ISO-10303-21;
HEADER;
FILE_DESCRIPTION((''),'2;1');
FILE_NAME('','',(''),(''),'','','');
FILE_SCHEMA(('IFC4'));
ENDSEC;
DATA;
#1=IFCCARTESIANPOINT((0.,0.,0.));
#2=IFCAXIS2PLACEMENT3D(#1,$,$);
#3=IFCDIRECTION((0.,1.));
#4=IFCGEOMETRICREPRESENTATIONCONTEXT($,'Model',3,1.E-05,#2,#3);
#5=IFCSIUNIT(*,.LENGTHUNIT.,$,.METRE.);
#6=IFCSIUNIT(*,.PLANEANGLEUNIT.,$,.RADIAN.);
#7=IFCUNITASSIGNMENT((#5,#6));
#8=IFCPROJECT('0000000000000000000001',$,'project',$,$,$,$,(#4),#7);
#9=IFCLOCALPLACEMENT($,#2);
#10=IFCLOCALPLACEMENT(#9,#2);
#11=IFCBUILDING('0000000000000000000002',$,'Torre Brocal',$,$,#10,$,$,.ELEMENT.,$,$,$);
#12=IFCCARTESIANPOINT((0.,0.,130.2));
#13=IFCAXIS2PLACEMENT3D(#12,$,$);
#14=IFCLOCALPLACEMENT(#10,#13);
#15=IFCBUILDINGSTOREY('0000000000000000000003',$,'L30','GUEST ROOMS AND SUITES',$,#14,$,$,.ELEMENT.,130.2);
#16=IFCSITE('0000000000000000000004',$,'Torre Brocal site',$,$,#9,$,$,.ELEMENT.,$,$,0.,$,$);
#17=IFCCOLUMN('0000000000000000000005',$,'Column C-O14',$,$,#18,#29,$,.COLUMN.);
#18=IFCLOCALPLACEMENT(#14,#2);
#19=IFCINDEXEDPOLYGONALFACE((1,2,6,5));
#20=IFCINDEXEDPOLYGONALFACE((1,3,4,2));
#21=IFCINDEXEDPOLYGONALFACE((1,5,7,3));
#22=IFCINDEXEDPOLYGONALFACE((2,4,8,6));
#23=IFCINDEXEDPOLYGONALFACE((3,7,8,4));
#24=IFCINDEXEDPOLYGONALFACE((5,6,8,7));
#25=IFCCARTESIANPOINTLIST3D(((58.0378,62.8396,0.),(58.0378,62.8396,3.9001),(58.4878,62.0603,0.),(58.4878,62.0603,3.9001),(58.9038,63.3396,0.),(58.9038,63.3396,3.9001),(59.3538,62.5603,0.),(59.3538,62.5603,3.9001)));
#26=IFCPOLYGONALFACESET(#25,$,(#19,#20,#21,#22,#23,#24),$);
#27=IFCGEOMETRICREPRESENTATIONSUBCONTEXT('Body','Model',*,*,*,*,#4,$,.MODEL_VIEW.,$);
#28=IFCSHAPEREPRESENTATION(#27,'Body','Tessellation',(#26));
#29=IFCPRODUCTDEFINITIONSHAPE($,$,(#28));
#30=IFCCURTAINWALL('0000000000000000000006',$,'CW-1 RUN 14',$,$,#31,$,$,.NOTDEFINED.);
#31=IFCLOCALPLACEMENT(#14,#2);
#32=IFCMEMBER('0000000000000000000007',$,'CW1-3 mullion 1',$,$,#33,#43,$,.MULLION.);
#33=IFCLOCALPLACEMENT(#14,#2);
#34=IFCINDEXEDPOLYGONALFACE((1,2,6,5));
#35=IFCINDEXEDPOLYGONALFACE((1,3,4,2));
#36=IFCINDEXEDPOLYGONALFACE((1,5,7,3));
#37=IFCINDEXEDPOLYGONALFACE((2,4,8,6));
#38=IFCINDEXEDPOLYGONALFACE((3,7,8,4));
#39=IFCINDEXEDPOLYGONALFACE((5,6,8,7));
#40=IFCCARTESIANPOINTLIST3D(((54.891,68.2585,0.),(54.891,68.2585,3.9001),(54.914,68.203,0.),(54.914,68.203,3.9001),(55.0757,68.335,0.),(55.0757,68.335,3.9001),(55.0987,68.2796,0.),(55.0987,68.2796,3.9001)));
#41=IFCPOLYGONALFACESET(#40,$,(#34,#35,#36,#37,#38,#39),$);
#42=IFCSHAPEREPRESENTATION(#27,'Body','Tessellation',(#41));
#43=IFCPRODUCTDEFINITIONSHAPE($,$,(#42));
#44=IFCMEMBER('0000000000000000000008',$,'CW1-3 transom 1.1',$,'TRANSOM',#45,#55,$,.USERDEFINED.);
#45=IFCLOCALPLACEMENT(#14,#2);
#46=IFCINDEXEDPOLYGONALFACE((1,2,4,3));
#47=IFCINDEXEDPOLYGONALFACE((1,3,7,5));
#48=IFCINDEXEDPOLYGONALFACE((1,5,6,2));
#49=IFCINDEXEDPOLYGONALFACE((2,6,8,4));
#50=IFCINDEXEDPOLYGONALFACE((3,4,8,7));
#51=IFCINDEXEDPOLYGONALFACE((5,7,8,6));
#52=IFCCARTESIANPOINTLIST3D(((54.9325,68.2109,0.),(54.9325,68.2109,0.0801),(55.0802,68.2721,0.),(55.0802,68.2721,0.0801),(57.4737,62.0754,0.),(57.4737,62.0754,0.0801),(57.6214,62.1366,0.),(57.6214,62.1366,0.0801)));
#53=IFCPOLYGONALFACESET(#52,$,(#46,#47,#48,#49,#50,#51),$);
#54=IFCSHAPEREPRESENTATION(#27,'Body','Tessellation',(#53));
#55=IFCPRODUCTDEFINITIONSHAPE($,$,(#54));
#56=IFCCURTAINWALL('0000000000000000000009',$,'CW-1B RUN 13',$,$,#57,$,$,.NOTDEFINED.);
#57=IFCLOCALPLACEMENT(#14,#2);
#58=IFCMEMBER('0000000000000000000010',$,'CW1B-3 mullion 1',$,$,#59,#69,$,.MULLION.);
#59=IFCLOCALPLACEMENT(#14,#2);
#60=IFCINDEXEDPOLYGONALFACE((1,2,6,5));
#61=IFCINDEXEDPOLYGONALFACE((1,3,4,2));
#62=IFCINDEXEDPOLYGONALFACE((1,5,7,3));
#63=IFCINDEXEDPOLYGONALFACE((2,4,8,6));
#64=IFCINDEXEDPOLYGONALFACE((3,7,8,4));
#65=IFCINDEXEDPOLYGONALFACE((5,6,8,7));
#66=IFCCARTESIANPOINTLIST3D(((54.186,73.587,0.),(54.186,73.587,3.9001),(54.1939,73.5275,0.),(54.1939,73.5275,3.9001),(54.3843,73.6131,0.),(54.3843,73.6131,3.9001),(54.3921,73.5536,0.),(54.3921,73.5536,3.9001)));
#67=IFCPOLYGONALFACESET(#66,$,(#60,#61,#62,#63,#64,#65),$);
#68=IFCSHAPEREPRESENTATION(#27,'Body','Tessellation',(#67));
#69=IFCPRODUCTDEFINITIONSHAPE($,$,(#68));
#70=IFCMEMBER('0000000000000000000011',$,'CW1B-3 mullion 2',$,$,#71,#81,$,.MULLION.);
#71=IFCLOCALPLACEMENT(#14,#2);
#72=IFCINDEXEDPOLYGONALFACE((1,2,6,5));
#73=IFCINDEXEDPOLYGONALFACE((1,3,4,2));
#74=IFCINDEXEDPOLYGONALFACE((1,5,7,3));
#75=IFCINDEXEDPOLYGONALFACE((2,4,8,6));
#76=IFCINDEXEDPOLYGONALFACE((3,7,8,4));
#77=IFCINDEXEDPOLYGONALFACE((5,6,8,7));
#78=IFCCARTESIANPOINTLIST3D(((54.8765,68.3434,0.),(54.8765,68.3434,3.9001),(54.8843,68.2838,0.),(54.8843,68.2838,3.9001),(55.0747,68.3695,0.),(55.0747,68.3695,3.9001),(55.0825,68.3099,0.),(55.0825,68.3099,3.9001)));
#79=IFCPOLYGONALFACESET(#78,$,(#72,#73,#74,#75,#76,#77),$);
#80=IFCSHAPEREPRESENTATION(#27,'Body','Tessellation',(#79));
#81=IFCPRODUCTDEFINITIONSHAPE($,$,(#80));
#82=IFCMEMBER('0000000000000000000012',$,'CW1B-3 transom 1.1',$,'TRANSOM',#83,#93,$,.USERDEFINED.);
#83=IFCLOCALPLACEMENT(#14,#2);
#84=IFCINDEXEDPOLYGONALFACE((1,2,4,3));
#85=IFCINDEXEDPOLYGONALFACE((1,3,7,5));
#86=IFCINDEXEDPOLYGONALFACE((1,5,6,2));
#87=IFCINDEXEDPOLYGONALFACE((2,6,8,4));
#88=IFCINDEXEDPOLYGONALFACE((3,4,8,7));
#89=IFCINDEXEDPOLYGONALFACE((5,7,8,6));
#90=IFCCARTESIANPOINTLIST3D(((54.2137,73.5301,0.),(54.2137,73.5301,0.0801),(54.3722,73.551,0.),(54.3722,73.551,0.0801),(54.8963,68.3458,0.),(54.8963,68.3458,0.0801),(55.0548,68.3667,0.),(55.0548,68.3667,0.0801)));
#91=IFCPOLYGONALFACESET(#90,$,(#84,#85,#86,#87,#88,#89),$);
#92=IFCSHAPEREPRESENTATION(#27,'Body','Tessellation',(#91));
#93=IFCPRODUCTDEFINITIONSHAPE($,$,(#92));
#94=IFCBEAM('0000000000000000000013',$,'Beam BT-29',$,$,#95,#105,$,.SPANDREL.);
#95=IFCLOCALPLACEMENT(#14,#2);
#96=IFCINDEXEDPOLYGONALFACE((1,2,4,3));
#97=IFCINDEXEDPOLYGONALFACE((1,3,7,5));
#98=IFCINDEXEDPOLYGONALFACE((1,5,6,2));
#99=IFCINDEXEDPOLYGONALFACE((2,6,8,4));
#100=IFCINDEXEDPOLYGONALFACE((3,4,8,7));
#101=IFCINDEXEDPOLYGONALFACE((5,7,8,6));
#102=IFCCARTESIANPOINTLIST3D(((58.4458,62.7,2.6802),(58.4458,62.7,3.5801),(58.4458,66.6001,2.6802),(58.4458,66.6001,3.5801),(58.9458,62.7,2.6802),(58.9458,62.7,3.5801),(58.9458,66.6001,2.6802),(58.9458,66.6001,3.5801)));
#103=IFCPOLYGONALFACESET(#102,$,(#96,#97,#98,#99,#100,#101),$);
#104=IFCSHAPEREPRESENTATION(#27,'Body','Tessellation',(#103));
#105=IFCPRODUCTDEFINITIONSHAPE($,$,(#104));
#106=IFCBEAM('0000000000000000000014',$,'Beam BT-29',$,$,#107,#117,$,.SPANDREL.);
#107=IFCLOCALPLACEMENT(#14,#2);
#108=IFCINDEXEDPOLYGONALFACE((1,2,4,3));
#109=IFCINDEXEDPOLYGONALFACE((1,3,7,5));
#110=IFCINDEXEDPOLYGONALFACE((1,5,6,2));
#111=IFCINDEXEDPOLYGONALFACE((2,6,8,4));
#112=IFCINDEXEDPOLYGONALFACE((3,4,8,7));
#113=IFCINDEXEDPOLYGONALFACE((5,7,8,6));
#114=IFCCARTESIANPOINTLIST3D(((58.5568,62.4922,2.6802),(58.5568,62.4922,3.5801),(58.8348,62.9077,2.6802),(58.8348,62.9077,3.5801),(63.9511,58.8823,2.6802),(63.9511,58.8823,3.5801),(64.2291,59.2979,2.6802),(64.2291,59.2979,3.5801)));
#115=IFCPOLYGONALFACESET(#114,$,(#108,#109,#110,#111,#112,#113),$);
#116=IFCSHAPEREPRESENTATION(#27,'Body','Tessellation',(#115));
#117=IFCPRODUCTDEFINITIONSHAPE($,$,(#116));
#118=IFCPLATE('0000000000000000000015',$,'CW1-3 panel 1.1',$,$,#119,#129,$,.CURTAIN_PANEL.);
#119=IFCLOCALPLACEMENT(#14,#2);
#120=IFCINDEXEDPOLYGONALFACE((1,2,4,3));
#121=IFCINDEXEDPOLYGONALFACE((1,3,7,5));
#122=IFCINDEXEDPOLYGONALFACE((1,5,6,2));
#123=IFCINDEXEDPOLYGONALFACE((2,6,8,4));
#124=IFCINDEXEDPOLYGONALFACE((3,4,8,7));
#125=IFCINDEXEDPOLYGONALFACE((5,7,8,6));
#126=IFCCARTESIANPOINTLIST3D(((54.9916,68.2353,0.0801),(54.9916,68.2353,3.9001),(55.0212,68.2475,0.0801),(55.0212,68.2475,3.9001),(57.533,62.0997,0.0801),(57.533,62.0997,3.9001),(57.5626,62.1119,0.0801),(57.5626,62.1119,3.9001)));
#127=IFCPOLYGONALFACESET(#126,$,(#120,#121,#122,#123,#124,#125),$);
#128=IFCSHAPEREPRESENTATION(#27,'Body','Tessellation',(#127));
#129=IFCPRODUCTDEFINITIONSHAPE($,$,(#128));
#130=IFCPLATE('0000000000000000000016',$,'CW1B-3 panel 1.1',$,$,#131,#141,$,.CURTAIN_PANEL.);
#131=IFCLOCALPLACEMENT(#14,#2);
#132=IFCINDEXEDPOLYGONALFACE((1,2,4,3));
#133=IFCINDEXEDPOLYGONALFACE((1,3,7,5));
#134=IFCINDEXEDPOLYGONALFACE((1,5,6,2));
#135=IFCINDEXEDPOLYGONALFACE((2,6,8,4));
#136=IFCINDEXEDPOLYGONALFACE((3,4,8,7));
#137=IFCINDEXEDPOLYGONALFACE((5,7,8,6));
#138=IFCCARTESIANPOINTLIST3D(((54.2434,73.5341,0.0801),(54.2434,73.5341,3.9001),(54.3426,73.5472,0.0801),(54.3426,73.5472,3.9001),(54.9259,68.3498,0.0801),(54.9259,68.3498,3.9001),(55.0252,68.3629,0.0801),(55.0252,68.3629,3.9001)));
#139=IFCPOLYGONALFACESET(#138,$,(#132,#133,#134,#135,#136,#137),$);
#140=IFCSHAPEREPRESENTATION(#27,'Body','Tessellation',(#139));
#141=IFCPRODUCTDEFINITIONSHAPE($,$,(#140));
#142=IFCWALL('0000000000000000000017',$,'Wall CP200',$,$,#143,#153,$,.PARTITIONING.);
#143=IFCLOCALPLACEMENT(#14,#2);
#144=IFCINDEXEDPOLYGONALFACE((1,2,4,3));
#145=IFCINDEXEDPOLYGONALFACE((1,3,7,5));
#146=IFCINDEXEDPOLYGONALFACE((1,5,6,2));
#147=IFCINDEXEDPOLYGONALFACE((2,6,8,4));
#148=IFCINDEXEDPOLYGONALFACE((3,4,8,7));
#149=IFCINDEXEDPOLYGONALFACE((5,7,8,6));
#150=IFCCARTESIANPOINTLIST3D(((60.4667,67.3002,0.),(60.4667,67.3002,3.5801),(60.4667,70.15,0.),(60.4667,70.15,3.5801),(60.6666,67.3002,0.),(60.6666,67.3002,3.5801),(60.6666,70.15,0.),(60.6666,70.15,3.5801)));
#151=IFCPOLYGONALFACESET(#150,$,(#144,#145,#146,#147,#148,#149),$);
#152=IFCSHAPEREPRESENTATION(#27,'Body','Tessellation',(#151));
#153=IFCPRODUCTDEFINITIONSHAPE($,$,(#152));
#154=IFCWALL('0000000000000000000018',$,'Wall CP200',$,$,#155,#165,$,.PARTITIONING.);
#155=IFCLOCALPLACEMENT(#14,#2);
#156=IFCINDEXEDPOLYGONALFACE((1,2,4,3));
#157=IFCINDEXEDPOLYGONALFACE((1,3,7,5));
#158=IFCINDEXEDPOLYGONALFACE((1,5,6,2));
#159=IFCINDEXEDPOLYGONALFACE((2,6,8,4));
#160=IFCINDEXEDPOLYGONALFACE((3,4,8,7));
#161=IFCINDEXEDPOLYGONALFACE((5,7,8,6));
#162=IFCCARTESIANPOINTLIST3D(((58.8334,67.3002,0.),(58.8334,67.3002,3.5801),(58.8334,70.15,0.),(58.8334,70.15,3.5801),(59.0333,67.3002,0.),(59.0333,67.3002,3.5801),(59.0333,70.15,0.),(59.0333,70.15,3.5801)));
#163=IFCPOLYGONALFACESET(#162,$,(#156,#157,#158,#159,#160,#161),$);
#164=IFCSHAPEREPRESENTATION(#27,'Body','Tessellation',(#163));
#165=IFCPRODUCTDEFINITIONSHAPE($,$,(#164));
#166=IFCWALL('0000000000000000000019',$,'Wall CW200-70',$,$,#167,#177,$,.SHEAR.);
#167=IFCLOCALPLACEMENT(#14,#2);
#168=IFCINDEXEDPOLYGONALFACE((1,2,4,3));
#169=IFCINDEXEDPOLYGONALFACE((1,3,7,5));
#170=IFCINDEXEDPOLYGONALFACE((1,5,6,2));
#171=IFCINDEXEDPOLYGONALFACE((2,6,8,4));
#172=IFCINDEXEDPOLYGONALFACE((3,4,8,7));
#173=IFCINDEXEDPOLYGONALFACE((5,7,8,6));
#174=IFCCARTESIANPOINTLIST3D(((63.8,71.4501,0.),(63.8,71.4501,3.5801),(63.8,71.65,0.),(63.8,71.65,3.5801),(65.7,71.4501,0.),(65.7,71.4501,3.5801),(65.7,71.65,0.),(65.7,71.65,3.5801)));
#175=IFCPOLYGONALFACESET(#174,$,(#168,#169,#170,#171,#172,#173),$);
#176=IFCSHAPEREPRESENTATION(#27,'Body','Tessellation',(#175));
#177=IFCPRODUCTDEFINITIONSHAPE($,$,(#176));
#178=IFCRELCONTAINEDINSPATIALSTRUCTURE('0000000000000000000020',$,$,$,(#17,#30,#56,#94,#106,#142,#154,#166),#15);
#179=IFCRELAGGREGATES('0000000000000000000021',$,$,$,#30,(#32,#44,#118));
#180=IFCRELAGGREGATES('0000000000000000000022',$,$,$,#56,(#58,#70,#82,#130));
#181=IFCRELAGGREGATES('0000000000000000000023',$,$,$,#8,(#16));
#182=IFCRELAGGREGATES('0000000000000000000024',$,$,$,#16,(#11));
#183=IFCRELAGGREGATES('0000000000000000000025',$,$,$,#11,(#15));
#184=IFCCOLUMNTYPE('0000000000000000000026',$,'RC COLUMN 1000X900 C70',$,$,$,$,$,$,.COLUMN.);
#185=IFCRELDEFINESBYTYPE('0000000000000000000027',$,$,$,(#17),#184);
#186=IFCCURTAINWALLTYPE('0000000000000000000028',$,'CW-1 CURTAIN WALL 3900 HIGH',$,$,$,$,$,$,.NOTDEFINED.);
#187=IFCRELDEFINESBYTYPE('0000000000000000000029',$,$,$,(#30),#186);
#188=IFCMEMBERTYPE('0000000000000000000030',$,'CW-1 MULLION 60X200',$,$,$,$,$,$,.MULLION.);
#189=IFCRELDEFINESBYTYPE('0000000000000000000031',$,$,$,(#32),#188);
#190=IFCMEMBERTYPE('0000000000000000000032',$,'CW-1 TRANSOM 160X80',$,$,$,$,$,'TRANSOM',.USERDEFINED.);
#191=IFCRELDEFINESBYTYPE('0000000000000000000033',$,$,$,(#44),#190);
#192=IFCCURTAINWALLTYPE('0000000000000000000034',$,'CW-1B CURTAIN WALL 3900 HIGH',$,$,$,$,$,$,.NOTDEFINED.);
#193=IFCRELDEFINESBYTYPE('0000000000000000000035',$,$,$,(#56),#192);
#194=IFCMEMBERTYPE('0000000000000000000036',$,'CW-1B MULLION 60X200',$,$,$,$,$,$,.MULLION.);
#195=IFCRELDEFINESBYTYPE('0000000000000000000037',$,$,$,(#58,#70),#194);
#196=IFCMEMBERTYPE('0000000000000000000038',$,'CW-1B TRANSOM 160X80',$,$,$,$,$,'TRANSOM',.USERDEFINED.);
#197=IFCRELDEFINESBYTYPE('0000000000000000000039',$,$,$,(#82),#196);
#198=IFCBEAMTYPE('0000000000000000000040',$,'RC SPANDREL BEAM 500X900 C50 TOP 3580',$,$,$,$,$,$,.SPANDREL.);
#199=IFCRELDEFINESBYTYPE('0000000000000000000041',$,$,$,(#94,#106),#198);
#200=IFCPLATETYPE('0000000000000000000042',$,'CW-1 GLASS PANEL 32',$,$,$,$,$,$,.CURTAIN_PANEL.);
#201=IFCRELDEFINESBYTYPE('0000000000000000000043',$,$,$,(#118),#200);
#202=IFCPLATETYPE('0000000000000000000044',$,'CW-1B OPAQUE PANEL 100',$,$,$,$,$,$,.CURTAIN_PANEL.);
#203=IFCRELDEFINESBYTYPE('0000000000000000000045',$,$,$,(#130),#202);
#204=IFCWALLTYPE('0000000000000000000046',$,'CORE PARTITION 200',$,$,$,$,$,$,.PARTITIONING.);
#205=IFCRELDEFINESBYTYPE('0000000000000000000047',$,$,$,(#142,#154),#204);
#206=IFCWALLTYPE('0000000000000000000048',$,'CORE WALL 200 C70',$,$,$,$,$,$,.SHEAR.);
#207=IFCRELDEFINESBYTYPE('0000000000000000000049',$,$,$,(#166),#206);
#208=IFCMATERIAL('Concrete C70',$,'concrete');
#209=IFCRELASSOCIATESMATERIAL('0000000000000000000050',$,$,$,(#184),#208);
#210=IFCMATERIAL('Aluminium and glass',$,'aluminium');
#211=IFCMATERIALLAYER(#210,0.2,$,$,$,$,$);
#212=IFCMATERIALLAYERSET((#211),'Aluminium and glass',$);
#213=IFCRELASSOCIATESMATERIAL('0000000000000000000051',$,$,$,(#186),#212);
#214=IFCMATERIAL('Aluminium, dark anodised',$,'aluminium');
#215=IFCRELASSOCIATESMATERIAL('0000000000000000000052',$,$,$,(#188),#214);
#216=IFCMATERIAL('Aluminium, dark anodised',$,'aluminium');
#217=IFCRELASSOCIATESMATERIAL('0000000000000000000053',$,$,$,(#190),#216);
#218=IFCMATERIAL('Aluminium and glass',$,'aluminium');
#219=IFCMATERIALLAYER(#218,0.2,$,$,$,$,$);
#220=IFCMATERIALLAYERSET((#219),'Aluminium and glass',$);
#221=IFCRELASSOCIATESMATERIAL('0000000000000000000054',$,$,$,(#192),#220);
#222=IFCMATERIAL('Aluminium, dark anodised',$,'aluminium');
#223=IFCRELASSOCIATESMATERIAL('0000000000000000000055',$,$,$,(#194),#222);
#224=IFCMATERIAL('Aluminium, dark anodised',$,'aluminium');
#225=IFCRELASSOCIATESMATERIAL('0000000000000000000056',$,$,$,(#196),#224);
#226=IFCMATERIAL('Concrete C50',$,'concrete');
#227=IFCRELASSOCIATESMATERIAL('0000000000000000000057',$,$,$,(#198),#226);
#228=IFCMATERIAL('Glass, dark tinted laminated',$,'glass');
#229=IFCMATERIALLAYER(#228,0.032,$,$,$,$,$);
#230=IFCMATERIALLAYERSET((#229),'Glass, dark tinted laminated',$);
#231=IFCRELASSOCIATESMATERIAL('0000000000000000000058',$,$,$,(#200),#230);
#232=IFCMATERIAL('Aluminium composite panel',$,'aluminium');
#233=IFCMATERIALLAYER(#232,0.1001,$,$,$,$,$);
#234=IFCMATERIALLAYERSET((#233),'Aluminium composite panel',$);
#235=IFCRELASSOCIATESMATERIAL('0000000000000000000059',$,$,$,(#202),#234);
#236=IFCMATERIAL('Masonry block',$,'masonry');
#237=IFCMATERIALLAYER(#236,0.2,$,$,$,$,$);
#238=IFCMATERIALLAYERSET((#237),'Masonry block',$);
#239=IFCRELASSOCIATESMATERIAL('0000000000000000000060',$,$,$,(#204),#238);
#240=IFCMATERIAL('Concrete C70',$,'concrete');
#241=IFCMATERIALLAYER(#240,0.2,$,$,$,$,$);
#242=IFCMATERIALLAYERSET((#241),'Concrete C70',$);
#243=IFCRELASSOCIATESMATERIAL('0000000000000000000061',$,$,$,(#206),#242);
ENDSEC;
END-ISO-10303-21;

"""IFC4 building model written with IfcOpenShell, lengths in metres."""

from ifc_helpers import new_model, si_unit, direction, frame, frame_2d, origin, origin_2d, place, context, subcontext, project, spatial, rectangle, extrude, material, layer, layer_set, material_profile, profile_set, type_object, element, aggregate, save


model = new_model("IFC4")

# Units and contexts
model_context = context("Model", 3, precision=1e-05, world=origin(), true_north=direction((0.0, 1.0)))
body_context = subcontext(model_context, "Body", "Model", "MODEL_VIEW")
ifc_project = project(units=[si_unit("LENGTHUNIT", "METRE"), si_unit("PLANEANGLEUNIT", "RADIAN")], contexts=[model_context])

# Site, building, storey
site_placement = place(None, origin())
site = spatial("IfcSite", under=ifc_project, at=site_placement, Name="Torre Brocal site", CompositionType="ELEMENT", RefElevation=0.0)
building_placement = place(site_placement, origin())
building = spatial("IfcBuilding", under=site, at=building_placement, Name="Torre Brocal", CompositionType="ELEMENT")
storey_placement = place(building_placement, frame((0.0, 0.0, 130.2)))
storey = spatial("IfcBuildingStorey", under=building, at=storey_placement, Name="L30", Description="GUEST ROOMS AND SUITES", CompositionType="ELEMENT", Elevation=130.2)

# Column
ifc_material_1 = material(Name="Concrete C70", Category="concrete")
ifc_material_profile_1 = material_profile(ifc_material_1, rectangle(XDim=1.0, YDim=0.8999, at=origin_2d()), Name="RC 1000X900")
ifc_profile_set_1 = profile_set([ifc_material_profile_1], Name="Concrete C70")
column_type = type_object("IfcColumnType", Name="RC COLUMN 1000X900 C70", PredefinedType="COLUMN", material=ifc_profile_set_1)
column_placement = place(storey_placement, frame((58.6958, 62.7, 0.0), z_axis=(0.0, 0.0, 1.0), x_axis=(-0.866025, -0.5, 0.0)))
element("IfcColumn", 1, at=column_placement, inside=storey, type_object=column_type, Name="Column C-O14", PredefinedType="COLUMN", context=body_context, shape_type="SweptSolid", body=[
    extrude(rectangle(XDim=1.0, YDim=0.8999, at=origin_2d()), origin(), (0.0, 0.0, 1.0), 3.9001),
])

# Curtain walls, members
ifc_material_2 = material(Name="Aluminium and glass", Category="aluminium")
ifc_layer_1 = layer(ifc_material_2, 0.2)
ifc_layer_set_1 = layer_set([ifc_layer_1], Name="Aluminium and glass")
curtain_wall_type_1 = type_object("IfcCurtainWallType", Name="CW-1 CURTAIN WALL 3900 HIGH", PredefinedType="NOTDEFINED", material=ifc_layer_set_1)
curtain_wall_1_placement = place(storey_placement, origin())
curtain_wall_1 = element("IfcCurtainWall", 2, at=curtain_wall_1_placement, inside=storey, type_object=curtain_wall_type_1, Name="CW-1 RUN 14", PredefinedType="NOTDEFINED")
ifc_material_3 = material(Name="Aluminium, dark anodised", Category="aluminium")
ifc_material_profile_2 = material_profile(ifc_material_3, rectangle(XDim=0.2, YDim=0.0601, at=origin_2d()), Name="CW-1 MULLION 60X200")
ifc_profile_set_2 = profile_set([ifc_material_profile_2], Name="Aluminium, dark anodised")
member_type_1 = type_object("IfcMemberType", Name="CW-1 MULLION 60X200", PredefinedType="MULLION", material=ifc_profile_set_2)
member_1_placement = place(storey_placement, frame((54.9949, 68.269, 0.0), z_axis=(0.0, 0.0, 1.0), x_axis=(0.92388, 0.382683, 0.0)))
member_1 = element("IfcMember", 3, at=member_1_placement, type_object=member_type_1, Name="CW1-3 mullion 1", PredefinedType="MULLION", context=body_context, shape_type="SweptSolid", body=[
    extrude(rectangle(XDim=0.2, YDim=0.0601, at=origin_2d()), origin(), (0.0, 0.0, 1.0), 3.9001),
])
ifc_material_4 = material(Name="Aluminium, dark anodised", Category="aluminium")
ifc_material_profile_3 = material_profile(ifc_material_4, rectangle(XDim=0.1599, YDim=0.0801, at=origin_2d()), Name="CW-1 TRANSOM 160X80")
ifc_profile_set_3 = profile_set([ifc_material_profile_3], Name="Aluminium, dark anodised")
member_type_2 = type_object("IfcMemberType", Name="CW-1 TRANSOM 160X80", ElementType="TRANSOM", PredefinedType="USERDEFINED", material=ifc_profile_set_3)
member_2_placement = place(storey_placement, frame((55.0063, 68.2415, 0.04), z_axis=(0.382665, -0.923887, 0.0), x_axis=(0.923887, 0.382665, 0.0)))
member_2 = element("IfcMember", 4, at=member_2_placement, type_object=member_type_2, Name="CW1-3 transom 1.1", ObjectType="TRANSOM", PredefinedType="USERDEFINED", context=body_context, shape_type="SweptSolid", body=[
    extrude(rectangle(XDim=0.1599, YDim=0.0801, at=origin_2d()), origin(), (0.0, 0.0, 1.0), 6.6409),
])
ifc_material_5 = material(Name="Aluminium and glass", Category="aluminium")
ifc_layer_2 = layer(ifc_material_5, 0.2)
ifc_layer_set_2 = layer_set([ifc_layer_2], Name="Aluminium and glass")
curtain_wall_type_2 = type_object("IfcCurtainWallType", Name="CW-1B CURTAIN WALL 3900 HIGH", PredefinedType="NOTDEFINED", material=ifc_layer_set_2)
curtain_wall_2_placement = place(storey_placement, origin())
curtain_wall_2 = element("IfcCurtainWall", 5, at=curtain_wall_2_placement, inside=storey, type_object=curtain_wall_type_2, Name="CW-1B RUN 13", PredefinedType="NOTDEFINED")
ifc_material_6 = material(Name="Aluminium, dark anodised", Category="aluminium")
ifc_material_profile_4 = material_profile(ifc_material_6, rectangle(XDim=0.2, YDim=0.0601, at=origin_2d()), Name="CW-1B MULLION 60X200")
ifc_profile_set_4 = profile_set([ifc_material_profile_4], Name="Aluminium, dark anodised")
member_type_3 = type_object("IfcMemberType", Name="CW-1B MULLION 60X200", PredefinedType="MULLION", material=ifc_profile_set_4)
member_3_placement = place(storey_placement, frame((54.2891, 73.5703, 0.0), z_axis=(0.0, 0.0, 1.0), x_axis=(0.991445, 0.130526, 0.0)))
member_3 = element("IfcMember", 6, at=member_3_placement, type_object=member_type_3, Name="CW1B-3 mullion 1", PredefinedType="MULLION", context=body_context, shape_type="SweptSolid", body=[
    extrude(rectangle(XDim=0.2, YDim=0.0601, at=origin_2d()), origin(), (0.0, 0.0, 1.0), 3.9001),
])
member_4_placement = place(storey_placement, frame((54.9795, 68.3267, 0.0), z_axis=(0.0, 0.0, 1.0), x_axis=(0.991445, 0.130526, 0.0)))
member_4 = element("IfcMember", 7, at=member_4_placement, type_object=member_type_3, Name="CW1B-3 mullion 2", PredefinedType="MULLION", context=body_context, shape_type="SweptSolid", body=[
    extrude(rectangle(XDim=0.2, YDim=0.0601, at=origin_2d()), origin(), (0.0, 0.0, 1.0), 3.9001),
])
ifc_material_7 = material(Name="Aluminium, dark anodised", Category="aluminium")
ifc_material_profile_5 = material_profile(ifc_material_7, rectangle(XDim=0.1599, YDim=0.0801, at=origin_2d()), Name="CW-1B TRANSOM 160X80")
ifc_profile_set_5 = profile_set([ifc_material_profile_5], Name="Aluminium, dark anodised")
member_type_4 = type_object("IfcMemberType", Name="CW-1B TRANSOM 160X80", ElementType="TRANSOM", PredefinedType="USERDEFINED", material=ifc_profile_set_5)
member_5_placement = place(storey_placement, frame((54.293, 73.5405, 0.04), z_axis=(0.130543, -0.991443, 0.0), x_axis=(0.991443, 0.130543, 0.0)))
member_5 = element("IfcMember", 8, at=member_5_placement, type_object=member_type_4, Name="CW1B-3 transom 1.1", ObjectType="TRANSOM", PredefinedType="USERDEFINED", context=body_context, shape_type="SweptSolid", body=[
    extrude(rectangle(XDim=0.1599, YDim=0.0801, at=origin_2d()), origin(), (0.0, 0.0, 1.0), 5.229),
])

# Beams
ifc_material_8 = material(Name="Concrete C50", Category="concrete")
ifc_material_profile_6 = material_profile(ifc_material_8, rectangle(XDim=0.5, YDim=0.8999, at=origin_2d()), Name="RC 500X900")
ifc_profile_set_6 = profile_set([ifc_material_profile_6], Name="Concrete C50")
beam_type = type_object("IfcBeamType", Name="RC SPANDREL BEAM 500X900 C50 TOP 3580", PredefinedType="SPANDREL", material=ifc_profile_set_6)
beam_1_placement = place(storey_placement, frame((58.6958, 62.7, 3.1301), z_axis=(0.0, 1.0, 0.0), x_axis=(-1.0, 0.0, 0.0)))
element("IfcBeam", 9, at=beam_1_placement, inside=storey, type_object=beam_type, Name="Beam BT-29", PredefinedType="SPANDREL", context=body_context, shape_type="SweptSolid", body=[
    extrude(rectangle(XDim=0.5, YDim=0.8999, at=origin_2d()), origin(), (0.0, 0.0, 1.0), 3.9001),
])
beam_2_placement = place(storey_placement, frame((58.6958, 62.7, 3.1301), z_axis=(0.831077, -0.556158, 0.0), x_axis=(0.556158, 0.831077, 0.0)))
element("IfcBeam", 10, at=beam_2_placement, inside=storey, type_object=beam_type, Name="Beam BT-29", PredefinedType="SPANDREL", context=body_context, shape_type="SweptSolid", body=[
    extrude(rectangle(XDim=0.5, YDim=0.8999, at=origin_2d()), origin(), (0.0, 0.0, 1.0), 6.4907),
])

# Plates
ifc_material_9 = material(Name="Glass, dark tinted laminated", Category="glass")
ifc_layer_3 = layer(ifc_material_9, 0.032)
ifc_layer_set_3 = layer_set([ifc_layer_3], Name="Glass, dark tinted laminated")
plate_type_1 = type_object("IfcPlateType", Name="CW-1 GLASS PANEL 32", PredefinedType="CURTAIN_PANEL", material=ifc_layer_set_3)
plate_1_placement = place(storey_placement, frame((56.2771, 65.1736, 0.0801), z_axis=(0.0, 0.0, 1.0), x_axis=(0.382683, -0.92388, 0.0)))
plate_1 = element("IfcPlate", 11, at=plate_1_placement, type_object=plate_type_1, Name="CW1-3 panel 1.1", PredefinedType="CURTAIN_PANEL", context=body_context, shape_type="SweptSolid", body=[
    extrude(rectangle(XDim=6.6411, YDim=0.032, at=origin_2d()), origin(), (0.0, 0.0, 1.0), 3.8201),
])
aggregate(curtain_wall_1, [member_1, member_2, plate_1])
ifc_material_10 = material(Name="Aluminium composite panel", Category="aluminium")
ifc_layer_4 = layer(ifc_material_10, 0.1001)
ifc_layer_set_4 = layer_set([ifc_layer_4], Name="Aluminium composite panel")
plate_type_2 = type_object("IfcPlateType", Name="CW-1B OPAQUE PANEL 100", PredefinedType="CURTAIN_PANEL", material=ifc_layer_set_4)
plate_2_placement = place(storey_placement, frame((54.6343, 70.9485, 0.0801), z_axis=(0.0, 0.0, 1.0), x_axis=(0.130526, -0.991445, 0.0)))
plate_2 = element("IfcPlate", 12, at=plate_2_placement, type_object=plate_type_2, Name="CW1B-3 panel 1.1", PredefinedType="CURTAIN_PANEL", context=body_context, shape_type="SweptSolid", body=[
    extrude(rectangle(XDim=5.229, YDim=0.1001, at=origin_2d()), origin(), (0.0, 0.0, 1.0), 3.8201),
])
aggregate(curtain_wall_2, [member_3, member_4, member_5, plate_2])

# Walls
ifc_material_11 = material(Name="Masonry block", Category="masonry")
ifc_layer_5 = layer(ifc_material_11, 0.2)
ifc_layer_set_5 = layer_set([ifc_layer_5], Name="Masonry block")
wall_type_1 = type_object("IfcWallType", Name="CORE PARTITION 200", PredefinedType="PARTITIONING", material=ifc_layer_set_5)
for number, where, z_axis, x_axis, name in (
    (13, (60.5667, 70.1499, 0.0), (0.0, 0.0, 1.0), (0.0, -1.0, 0.0), "Wall CP200"),
    (14, (58.9333, 70.1499, 0.0), (0.0, 0.0, 1.0), (0.0, -1.0, 0.0), "Wall CP200"),
):
    element("IfcWall", number, at=place(storey_placement, frame(where, z_axis=z_axis, x_axis=x_axis)), inside=storey, type_object=wall_type_1, Name=name, PredefinedType="PARTITIONING", context=body_context, shape_type="SweptSolid", body=[
        extrude(rectangle(XDim=2.8499, YDim=0.2, at=frame_2d((1.4248, 0.0))), origin(), (0.0, 0.0, 1.0), 3.5801),
    ])
ifc_material_12 = material(Name="Concrete C70", Category="concrete")
ifc_layer_6 = layer(ifc_material_12, 0.2)
ifc_layer_set_6 = layer_set([ifc_layer_6], Name="Concrete C70")
wall_type_2 = type_object("IfcWallType", Name="CORE WALL 200 C70", PredefinedType="SHEAR", material=ifc_layer_set_6)
wall_1_placement = place(storey_placement, frame((65.7, 71.55, 0.0), z_axis=(0.0, 0.0, 1.0), x_axis=(-1.0, 0.0, 0.0)))
element("IfcWall", 15, at=wall_1_placement, inside=storey, type_object=wall_type_2, Name="Wall CW200-70", PredefinedType="SHEAR", context=body_context, shape_type="SweptSolid", body=[
    extrude(rectangle(XDim=1.8999, YDim=0.2, at=frame_2d((0.95, 0.0))), origin(), (0.0, 0.0, 1.0), 3.5801),
])

save(model, "model.ifc")
